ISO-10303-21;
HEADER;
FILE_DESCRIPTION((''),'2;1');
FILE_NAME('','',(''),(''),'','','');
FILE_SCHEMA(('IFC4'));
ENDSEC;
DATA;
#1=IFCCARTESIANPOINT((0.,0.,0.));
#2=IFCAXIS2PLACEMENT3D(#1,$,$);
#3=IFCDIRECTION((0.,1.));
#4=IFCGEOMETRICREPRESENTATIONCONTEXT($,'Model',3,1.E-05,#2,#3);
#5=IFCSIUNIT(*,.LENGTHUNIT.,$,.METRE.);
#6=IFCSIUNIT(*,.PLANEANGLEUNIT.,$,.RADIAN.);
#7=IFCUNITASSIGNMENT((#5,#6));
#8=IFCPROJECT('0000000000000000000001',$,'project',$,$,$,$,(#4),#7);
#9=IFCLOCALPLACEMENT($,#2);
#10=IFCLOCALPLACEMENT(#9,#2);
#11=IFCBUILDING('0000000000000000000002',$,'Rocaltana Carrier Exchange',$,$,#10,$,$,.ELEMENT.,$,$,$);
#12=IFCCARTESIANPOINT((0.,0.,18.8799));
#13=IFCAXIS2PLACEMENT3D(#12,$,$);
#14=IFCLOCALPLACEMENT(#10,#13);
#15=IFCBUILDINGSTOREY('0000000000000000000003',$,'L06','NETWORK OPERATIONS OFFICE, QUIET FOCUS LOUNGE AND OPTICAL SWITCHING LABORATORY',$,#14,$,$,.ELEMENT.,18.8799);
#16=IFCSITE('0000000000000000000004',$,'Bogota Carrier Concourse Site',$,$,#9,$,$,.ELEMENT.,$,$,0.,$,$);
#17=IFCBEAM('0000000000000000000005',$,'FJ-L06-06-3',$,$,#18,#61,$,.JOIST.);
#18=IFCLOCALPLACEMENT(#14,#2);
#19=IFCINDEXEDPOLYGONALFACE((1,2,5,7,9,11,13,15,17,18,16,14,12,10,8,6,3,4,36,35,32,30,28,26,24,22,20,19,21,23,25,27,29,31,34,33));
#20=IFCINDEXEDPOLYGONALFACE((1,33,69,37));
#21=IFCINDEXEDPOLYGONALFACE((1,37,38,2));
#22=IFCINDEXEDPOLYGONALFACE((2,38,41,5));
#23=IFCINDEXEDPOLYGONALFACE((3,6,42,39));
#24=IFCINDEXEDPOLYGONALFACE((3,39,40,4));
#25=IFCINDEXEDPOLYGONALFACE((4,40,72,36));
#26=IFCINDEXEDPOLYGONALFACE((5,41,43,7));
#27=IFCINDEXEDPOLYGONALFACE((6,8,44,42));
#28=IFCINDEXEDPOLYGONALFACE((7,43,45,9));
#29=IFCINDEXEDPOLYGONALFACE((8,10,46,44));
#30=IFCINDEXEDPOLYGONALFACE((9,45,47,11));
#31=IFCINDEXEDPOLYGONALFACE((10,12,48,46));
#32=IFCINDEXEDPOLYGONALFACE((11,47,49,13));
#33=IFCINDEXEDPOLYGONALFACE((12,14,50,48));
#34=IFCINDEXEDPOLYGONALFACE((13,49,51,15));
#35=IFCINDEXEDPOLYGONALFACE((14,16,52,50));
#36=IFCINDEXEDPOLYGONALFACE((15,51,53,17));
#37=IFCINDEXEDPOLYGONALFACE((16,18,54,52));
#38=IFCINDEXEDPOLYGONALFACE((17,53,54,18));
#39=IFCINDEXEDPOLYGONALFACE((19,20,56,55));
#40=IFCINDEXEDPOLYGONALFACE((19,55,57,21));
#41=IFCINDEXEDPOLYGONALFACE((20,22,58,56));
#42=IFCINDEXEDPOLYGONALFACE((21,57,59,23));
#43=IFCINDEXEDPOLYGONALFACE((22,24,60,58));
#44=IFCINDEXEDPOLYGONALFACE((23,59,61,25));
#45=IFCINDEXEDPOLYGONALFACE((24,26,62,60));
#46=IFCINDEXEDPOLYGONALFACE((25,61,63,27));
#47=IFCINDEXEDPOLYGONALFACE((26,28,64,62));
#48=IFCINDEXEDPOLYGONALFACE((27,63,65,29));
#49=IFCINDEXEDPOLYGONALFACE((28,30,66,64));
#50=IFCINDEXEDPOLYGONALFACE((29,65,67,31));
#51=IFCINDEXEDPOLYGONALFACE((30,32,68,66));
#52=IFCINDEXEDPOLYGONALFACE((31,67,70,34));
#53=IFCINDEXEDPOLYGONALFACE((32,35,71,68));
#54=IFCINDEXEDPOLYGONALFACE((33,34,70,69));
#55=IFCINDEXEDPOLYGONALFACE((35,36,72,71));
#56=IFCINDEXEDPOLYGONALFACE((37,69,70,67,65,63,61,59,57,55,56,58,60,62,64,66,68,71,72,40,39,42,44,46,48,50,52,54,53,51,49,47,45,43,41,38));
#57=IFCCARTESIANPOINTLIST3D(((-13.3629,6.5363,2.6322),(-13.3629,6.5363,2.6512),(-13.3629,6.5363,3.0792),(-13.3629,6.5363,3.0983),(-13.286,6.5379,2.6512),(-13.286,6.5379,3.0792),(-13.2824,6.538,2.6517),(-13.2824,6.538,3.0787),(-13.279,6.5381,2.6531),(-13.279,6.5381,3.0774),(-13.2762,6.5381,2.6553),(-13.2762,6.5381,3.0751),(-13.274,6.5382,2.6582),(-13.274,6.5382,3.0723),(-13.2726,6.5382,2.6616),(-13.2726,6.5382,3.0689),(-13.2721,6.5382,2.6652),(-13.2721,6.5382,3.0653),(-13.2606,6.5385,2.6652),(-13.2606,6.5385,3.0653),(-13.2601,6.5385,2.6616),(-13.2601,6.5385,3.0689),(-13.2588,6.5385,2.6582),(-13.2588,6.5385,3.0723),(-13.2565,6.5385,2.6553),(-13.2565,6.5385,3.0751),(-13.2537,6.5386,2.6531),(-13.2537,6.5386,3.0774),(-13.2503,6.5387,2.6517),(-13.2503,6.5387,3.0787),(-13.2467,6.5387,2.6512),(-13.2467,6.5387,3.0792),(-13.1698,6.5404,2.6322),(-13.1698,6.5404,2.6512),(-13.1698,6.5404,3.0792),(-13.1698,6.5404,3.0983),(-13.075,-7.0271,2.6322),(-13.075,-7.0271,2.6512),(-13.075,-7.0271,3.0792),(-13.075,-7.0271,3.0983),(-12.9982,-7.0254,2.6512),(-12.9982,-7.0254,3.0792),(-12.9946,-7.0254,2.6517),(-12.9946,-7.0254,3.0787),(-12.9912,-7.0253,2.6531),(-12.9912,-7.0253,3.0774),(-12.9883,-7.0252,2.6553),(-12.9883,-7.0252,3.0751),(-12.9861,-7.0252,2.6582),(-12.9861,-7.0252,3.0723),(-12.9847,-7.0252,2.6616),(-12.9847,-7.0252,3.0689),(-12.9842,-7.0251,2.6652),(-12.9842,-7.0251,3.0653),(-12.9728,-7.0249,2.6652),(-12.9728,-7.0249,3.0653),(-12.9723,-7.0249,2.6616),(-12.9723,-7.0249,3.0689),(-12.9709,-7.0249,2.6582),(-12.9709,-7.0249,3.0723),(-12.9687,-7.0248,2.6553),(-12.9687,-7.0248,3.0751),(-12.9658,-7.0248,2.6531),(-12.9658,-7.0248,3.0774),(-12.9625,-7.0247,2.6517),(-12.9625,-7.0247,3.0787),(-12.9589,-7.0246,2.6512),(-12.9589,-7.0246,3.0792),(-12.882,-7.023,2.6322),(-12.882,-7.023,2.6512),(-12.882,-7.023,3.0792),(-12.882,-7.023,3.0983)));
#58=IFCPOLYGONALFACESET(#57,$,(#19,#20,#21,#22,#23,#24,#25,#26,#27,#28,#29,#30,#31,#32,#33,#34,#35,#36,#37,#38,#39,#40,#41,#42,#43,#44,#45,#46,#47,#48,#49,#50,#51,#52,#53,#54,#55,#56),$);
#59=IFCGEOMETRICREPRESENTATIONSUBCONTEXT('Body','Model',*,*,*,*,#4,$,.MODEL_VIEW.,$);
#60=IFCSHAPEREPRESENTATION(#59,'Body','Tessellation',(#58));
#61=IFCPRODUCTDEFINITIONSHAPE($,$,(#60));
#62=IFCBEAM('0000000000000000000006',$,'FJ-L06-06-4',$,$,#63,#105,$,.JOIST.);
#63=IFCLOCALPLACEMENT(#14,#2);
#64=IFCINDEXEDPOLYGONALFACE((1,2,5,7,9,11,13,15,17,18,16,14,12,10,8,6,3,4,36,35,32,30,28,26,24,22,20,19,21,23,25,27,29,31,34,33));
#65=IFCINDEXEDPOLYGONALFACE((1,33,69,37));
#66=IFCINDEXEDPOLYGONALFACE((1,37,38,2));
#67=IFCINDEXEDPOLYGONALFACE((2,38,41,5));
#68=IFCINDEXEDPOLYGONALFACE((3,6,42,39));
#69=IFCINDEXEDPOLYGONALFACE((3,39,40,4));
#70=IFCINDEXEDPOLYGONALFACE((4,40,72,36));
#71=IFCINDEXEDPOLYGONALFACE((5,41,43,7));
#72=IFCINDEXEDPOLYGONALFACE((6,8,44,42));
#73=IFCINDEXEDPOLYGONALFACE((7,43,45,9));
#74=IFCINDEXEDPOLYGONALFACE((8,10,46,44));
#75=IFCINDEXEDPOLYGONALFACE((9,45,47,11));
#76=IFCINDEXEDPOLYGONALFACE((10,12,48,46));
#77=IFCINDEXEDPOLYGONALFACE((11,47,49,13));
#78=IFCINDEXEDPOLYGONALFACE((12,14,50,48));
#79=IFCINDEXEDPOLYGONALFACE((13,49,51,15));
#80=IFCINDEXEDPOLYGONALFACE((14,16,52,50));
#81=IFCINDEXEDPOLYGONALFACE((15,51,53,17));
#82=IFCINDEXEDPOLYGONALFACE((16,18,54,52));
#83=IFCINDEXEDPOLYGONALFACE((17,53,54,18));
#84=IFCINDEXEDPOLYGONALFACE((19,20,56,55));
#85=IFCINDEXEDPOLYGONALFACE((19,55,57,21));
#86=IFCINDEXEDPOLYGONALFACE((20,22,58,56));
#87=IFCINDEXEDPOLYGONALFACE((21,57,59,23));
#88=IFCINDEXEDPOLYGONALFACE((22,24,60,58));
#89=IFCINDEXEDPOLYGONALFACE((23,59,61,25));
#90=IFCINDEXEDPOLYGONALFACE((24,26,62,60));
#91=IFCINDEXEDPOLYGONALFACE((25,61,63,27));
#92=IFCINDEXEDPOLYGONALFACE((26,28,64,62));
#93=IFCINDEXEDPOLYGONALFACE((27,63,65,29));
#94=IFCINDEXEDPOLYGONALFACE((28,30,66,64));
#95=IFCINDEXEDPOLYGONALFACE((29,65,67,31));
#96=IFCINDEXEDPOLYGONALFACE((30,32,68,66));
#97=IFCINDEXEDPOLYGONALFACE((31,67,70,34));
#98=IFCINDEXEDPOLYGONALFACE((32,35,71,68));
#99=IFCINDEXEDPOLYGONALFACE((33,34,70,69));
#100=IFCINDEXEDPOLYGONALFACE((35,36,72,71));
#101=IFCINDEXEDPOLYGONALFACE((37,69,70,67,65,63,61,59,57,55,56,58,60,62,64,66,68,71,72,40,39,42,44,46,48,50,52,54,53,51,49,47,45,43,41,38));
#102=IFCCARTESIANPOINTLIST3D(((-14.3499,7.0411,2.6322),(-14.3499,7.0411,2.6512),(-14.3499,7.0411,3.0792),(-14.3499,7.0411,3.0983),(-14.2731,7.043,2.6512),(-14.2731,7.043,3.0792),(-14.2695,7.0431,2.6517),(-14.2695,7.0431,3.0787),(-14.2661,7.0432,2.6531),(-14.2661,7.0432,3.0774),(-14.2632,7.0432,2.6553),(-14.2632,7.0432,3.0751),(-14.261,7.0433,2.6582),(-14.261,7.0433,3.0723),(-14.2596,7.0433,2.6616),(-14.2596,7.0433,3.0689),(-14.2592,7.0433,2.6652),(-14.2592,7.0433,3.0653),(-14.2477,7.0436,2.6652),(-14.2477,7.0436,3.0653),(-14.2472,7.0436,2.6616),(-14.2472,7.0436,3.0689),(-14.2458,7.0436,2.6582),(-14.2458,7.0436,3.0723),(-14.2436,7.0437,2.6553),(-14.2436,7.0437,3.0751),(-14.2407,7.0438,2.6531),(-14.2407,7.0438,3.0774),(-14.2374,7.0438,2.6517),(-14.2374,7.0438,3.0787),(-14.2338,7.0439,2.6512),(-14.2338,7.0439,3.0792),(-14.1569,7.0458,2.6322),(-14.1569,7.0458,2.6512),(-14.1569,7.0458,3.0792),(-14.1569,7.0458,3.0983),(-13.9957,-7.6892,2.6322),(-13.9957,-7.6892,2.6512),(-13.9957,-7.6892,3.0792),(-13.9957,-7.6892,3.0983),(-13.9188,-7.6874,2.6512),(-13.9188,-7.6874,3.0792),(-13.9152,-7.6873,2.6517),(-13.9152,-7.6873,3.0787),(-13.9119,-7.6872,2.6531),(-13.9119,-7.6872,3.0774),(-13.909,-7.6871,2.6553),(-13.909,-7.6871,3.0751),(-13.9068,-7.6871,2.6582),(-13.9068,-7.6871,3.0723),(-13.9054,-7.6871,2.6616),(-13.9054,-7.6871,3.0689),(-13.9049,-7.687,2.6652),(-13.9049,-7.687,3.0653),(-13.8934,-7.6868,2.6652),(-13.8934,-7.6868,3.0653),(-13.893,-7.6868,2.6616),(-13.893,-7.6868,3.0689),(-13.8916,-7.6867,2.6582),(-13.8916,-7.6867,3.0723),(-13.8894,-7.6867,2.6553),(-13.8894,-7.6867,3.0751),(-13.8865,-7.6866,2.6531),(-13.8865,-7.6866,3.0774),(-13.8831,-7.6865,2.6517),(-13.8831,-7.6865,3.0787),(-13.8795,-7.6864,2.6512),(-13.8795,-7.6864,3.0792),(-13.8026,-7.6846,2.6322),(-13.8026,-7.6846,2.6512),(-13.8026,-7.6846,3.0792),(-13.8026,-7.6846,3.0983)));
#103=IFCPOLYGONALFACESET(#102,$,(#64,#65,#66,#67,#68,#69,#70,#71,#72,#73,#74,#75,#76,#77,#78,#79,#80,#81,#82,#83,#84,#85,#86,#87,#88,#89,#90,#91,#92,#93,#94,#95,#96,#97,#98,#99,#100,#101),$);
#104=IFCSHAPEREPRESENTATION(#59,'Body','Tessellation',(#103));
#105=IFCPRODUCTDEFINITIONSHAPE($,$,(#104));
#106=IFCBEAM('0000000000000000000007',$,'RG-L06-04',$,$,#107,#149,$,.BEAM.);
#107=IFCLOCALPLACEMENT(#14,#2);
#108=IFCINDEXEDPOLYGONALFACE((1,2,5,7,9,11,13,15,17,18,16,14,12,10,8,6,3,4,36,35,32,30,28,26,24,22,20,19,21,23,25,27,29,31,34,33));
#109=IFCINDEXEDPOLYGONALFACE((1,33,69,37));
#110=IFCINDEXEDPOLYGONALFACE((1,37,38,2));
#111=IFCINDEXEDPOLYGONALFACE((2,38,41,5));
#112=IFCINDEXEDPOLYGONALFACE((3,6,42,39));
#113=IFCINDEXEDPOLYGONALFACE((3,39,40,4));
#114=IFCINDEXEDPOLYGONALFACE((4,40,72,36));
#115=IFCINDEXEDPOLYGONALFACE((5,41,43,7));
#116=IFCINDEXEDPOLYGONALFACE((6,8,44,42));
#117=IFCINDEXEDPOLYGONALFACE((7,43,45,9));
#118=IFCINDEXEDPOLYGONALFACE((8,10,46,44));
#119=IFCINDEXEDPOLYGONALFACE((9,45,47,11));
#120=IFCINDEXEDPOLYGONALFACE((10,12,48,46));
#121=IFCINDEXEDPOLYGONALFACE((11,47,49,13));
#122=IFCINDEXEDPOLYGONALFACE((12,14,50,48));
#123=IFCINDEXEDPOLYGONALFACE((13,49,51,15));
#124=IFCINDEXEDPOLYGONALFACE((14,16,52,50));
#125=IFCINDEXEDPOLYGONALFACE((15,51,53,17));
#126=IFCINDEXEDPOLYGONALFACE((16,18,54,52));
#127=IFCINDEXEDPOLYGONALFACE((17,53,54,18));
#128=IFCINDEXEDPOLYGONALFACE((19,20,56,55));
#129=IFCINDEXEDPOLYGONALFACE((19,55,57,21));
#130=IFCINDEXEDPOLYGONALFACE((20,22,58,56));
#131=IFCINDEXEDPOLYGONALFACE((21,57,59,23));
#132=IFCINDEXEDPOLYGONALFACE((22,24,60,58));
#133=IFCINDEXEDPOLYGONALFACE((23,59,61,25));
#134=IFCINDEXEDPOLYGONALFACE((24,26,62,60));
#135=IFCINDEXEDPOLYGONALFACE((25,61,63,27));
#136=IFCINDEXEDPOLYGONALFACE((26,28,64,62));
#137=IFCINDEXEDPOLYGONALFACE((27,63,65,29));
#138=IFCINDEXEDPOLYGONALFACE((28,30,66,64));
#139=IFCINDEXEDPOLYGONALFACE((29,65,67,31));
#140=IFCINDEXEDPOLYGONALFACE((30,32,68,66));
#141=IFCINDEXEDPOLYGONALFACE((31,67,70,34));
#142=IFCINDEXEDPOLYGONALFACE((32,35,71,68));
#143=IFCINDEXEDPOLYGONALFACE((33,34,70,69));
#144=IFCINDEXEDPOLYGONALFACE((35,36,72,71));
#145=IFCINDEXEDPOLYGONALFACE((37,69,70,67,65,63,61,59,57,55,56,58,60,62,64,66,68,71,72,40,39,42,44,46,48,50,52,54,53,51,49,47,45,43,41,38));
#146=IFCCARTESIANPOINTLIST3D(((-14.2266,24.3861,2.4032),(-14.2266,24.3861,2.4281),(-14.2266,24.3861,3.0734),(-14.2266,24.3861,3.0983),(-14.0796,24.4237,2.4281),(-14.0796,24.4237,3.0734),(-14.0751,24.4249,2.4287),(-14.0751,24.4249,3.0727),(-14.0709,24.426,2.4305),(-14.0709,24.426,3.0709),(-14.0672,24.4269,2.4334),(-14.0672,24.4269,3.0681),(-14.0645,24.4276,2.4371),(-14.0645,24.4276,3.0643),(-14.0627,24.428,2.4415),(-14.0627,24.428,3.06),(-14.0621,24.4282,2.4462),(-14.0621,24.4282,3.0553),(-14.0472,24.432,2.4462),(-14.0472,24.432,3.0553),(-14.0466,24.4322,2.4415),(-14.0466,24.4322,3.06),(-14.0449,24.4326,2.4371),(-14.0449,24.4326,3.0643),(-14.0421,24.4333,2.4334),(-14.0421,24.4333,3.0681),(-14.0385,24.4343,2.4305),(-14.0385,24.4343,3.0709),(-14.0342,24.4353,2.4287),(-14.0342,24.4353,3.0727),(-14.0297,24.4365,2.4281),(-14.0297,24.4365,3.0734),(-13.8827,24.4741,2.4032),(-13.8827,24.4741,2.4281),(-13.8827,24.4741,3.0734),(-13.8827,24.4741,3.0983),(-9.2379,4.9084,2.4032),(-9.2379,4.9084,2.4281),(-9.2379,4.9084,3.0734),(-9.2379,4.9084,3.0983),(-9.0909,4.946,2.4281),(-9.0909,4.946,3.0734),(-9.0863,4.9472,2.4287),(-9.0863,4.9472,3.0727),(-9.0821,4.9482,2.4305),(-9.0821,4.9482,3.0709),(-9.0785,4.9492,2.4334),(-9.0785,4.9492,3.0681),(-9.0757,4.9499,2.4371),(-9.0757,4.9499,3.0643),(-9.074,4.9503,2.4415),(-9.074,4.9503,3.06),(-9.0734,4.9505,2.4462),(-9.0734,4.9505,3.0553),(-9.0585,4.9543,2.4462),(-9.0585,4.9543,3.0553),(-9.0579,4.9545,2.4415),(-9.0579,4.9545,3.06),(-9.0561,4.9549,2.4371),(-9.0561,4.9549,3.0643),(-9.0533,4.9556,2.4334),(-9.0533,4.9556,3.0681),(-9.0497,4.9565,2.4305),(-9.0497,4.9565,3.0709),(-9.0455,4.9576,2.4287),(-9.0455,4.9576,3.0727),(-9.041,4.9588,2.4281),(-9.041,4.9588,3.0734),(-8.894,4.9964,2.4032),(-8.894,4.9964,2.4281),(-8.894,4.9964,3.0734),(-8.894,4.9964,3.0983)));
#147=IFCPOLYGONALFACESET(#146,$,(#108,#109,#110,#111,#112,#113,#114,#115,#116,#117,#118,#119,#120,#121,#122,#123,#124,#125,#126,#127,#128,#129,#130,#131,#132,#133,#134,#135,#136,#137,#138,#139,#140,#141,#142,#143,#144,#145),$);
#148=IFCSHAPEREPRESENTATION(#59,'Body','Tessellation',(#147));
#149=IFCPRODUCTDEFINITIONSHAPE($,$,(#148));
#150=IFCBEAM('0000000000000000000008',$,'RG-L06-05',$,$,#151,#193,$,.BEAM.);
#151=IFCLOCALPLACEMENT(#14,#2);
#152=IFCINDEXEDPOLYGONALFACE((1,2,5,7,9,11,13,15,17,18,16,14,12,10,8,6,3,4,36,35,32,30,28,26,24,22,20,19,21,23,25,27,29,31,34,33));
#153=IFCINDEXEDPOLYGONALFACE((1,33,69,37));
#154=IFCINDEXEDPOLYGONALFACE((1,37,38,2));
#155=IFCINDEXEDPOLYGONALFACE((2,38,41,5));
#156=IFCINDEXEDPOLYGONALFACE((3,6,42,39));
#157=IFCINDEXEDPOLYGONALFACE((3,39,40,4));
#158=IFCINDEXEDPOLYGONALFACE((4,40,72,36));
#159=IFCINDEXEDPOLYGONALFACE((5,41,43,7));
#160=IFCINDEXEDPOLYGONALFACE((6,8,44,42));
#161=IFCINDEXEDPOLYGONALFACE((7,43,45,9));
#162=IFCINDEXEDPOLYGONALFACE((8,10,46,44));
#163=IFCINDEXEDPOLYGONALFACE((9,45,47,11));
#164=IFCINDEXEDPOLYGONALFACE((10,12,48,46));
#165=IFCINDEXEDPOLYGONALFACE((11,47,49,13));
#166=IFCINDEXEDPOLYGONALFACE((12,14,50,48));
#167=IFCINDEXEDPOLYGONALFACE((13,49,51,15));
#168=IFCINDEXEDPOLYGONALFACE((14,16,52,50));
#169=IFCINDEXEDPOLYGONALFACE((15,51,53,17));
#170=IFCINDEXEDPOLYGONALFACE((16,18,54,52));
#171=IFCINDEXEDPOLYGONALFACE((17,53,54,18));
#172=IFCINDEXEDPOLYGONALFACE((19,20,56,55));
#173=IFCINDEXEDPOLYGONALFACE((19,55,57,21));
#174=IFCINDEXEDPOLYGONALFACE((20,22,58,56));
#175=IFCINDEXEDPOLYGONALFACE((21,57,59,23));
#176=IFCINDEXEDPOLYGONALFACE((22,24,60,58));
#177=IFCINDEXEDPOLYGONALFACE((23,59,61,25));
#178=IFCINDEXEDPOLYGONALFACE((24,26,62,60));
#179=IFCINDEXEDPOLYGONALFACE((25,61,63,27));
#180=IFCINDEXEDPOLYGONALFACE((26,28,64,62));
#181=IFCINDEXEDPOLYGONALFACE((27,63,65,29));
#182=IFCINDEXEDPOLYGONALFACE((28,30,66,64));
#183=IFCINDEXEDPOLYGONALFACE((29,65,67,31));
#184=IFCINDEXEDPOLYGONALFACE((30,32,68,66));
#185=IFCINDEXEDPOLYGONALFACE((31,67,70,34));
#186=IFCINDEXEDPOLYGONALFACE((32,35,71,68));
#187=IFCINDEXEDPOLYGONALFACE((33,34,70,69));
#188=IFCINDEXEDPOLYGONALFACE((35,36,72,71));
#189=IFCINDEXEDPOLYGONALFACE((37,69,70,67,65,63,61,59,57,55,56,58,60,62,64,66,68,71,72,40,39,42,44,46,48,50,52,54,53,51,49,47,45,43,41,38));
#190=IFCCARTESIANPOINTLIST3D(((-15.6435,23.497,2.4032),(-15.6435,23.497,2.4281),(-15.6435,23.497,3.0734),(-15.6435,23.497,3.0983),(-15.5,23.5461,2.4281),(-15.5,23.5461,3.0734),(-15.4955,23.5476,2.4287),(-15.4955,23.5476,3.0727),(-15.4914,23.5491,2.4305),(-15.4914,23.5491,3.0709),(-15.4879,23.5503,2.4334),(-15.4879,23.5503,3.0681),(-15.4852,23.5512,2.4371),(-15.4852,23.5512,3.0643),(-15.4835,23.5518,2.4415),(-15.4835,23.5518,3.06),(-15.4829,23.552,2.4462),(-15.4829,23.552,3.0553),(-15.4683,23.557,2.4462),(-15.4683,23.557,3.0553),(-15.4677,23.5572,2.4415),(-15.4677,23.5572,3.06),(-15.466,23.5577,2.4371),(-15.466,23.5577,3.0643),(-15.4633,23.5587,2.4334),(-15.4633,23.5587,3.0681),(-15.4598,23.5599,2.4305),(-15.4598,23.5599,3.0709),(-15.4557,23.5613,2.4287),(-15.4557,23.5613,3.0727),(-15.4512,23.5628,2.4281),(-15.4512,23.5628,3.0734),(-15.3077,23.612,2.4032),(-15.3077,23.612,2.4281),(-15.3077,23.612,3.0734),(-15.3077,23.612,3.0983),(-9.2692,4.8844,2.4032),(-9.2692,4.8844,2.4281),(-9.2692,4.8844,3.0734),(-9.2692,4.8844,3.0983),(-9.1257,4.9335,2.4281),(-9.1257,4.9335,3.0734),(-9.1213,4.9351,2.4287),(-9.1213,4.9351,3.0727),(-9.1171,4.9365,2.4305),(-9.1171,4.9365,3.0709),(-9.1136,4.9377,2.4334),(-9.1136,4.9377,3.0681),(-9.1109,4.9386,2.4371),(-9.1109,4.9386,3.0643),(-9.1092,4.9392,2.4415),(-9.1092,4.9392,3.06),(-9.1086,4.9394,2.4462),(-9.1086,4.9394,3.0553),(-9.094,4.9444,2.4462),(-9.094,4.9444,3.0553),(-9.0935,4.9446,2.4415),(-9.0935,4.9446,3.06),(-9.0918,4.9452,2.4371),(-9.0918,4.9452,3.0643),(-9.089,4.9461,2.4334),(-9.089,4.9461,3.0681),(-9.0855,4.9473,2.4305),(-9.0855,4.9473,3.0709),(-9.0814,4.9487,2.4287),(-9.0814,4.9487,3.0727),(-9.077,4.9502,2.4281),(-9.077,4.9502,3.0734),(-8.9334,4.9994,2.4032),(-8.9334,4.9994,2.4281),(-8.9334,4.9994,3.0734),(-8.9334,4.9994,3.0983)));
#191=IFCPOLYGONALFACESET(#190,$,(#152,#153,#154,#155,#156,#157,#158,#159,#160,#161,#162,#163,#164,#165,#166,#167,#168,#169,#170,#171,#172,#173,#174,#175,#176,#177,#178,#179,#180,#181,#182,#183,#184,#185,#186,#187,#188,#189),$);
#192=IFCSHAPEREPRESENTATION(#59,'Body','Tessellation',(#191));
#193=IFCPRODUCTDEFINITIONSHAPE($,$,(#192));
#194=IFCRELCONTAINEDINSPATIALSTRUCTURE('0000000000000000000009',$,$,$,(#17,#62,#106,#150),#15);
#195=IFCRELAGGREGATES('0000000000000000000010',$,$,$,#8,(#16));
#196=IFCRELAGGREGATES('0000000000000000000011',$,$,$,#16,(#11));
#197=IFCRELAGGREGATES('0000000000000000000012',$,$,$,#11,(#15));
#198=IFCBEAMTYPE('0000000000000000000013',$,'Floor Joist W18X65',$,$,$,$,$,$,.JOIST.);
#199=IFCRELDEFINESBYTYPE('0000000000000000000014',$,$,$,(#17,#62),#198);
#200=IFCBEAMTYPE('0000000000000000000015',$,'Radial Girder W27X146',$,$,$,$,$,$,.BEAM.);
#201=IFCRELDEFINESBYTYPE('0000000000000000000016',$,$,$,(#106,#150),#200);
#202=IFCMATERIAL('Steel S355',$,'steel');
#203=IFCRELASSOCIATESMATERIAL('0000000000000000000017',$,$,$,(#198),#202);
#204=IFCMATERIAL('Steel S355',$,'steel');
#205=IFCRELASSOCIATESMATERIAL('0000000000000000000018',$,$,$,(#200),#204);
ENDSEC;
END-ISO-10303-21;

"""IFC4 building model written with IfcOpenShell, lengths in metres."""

from ifc_helpers import new_model, si_unit, direction, frame, origin, origin_2d, place, context, subcontext, project, spatial, i_section, extrude, material, material_profile, profile_set, type_object, element, save


model = new_model("IFC4")

# Units and contexts
model_context = context("Model", 3, precision=1e-05, world=origin(), true_north=direction((0.0, 1.0)))
body_context = subcontext(model_context, "Body", "Model", "MODEL_VIEW")
ifc_project = project(units=[si_unit("LENGTHUNIT", "METRE"), si_unit("PLANEANGLEUNIT", "RADIAN")], contexts=[model_context])

# Site, building, storey
site_placement = place(None, origin())
site = spatial("IfcSite", under=ifc_project, at=site_placement, Name="Bogota Carrier Concourse Site", CompositionType="ELEMENT", RefElevation=0.0)
building_placement = place(site_placement, origin())
building = spatial("IfcBuilding", under=site, at=building_placement, Name="Rocaltana Carrier Exchange", CompositionType="ELEMENT")
storey_placement = place(building_placement, frame((0.0, 0.0, 18.8799)))
storey = spatial("IfcBuildingStorey", under=building, at=storey_placement, Name="L06", Description="NETWORK OPERATIONS OFFICE, QUIET FOCUS LOUNGE AND OPTICAL SWITCHING LABORATORY", CompositionType="ELEMENT", Elevation=18.8799)

# Beams
ifc_material_1 = material(Name="Steel S355", Category="steel")
ifc_material_profile_1 = material_profile(ifc_material_1, i_section(OverallWidth=0.1931, OverallDepth=0.4661, WebThickness=0.0115, FlangeThickness=0.019, FilletRadius=0.0139, at=origin_2d()), Name="W18X65")
ifc_profile_set_1 = profile_set([ifc_material_profile_1], Name="Steel S355")
beam_type_1 = type_object("IfcBeamType", Name="Floor Joist W18X65", PredefinedType="JOIST", material=ifc_profile_set_1)
beam_1_placement = place(storey_placement, frame((-13.2664, 6.5383, 2.8652), z_axis=(0.021217, -0.999775, 0.0), x_axis=(0.999775, 0.021217, 0.0)))
element("IfcBeam", 1, at=beam_1_placement, inside=storey, type_object=beam_type_1, Name="FJ-L06-06-3", PredefinedType="JOIST", context=body_context, shape_type="SweptSolid", body=[
    extrude(i_section(OverallWidth=0.1931, OverallDepth=0.4661, WebThickness=0.0115, FlangeThickness=0.019, FilletRadius=0.0139, at=origin_2d()), origin(), (0.0, 0.0, 1.0), 13.5664),
])
beam_2_placement = place(storey_placement, frame((-14.2534, 7.0435, 2.8652), z_axis=(0.024042, -0.999711, 0.0), x_axis=(0.999711, 0.024042, 0.0)))
element("IfcBeam", 2, at=beam_2_placement, inside=storey, type_object=beam_type_1, Name="FJ-L06-06-4", PredefinedType="JOIST", context=body_context, shape_type="SweptSolid", body=[
    extrude(i_section(OverallWidth=0.1931, OverallDepth=0.4661, WebThickness=0.0115, FlangeThickness=0.019, FilletRadius=0.0139, at=origin_2d()), origin(), (0.0, 0.0, 1.0), 14.7346),
])
ifc_material_2 = material(Name="Steel S355", Category="steel")
ifc_material_profile_2 = material_profile(ifc_material_2, i_section(OverallWidth=0.355, OverallDepth=0.6951, WebThickness=0.0154, FlangeThickness=0.0249, FilletRadius=0.0181, at=origin_2d()), Name="W27X146")
ifc_profile_set_2 = profile_set([ifc_material_profile_2], Name="Steel S355")
beam_type_2 = type_object("IfcBeamType", Name="Radial Girder W27X146", PredefinedType="BEAM", material=ifc_profile_set_2)
beam_3_placement = place(storey_placement, frame((-9.0659, 4.9524, 2.7507), z_axis=(-0.248117, 0.96873, 0.0), x_axis=(-0.96873, -0.248117, 0.0)))
element("IfcBeam", 3, at=beam_3_placement, inside=storey, type_object=beam_type_2, Name="RG-L06-04", PredefinedType="BEAM", context=body_context, shape_type="SweptSolid", body=[
    extrude(i_section(OverallWidth=0.355, OverallDepth=0.6951, WebThickness=0.0154, FlangeThickness=0.0249, FilletRadius=0.0181, at=origin_2d()), origin(), (0.0, 0.0, 1.0), 20.1064),
])
beam_4_placement = place(storey_placement, frame((-9.1013, 4.9419, 2.7507), z_axis=(-0.323998, 0.946058, 0.0), x_axis=(-0.946058, -0.323998, 0.0)))
element("IfcBeam", 4, at=beam_4_placement, inside=storey, type_object=beam_type_2, Name="RG-L06-05", PredefinedType="BEAM", context=body_context, shape_type="SweptSolid", body=[
    extrude(i_section(OverallWidth=0.355, OverallDepth=0.6951, WebThickness=0.0154, FlangeThickness=0.0249, FilletRadius=0.0181, at=origin_2d()), origin(), (0.0, 0.0, 1.0), 19.6738),
])

save(model, "model.ifc")
